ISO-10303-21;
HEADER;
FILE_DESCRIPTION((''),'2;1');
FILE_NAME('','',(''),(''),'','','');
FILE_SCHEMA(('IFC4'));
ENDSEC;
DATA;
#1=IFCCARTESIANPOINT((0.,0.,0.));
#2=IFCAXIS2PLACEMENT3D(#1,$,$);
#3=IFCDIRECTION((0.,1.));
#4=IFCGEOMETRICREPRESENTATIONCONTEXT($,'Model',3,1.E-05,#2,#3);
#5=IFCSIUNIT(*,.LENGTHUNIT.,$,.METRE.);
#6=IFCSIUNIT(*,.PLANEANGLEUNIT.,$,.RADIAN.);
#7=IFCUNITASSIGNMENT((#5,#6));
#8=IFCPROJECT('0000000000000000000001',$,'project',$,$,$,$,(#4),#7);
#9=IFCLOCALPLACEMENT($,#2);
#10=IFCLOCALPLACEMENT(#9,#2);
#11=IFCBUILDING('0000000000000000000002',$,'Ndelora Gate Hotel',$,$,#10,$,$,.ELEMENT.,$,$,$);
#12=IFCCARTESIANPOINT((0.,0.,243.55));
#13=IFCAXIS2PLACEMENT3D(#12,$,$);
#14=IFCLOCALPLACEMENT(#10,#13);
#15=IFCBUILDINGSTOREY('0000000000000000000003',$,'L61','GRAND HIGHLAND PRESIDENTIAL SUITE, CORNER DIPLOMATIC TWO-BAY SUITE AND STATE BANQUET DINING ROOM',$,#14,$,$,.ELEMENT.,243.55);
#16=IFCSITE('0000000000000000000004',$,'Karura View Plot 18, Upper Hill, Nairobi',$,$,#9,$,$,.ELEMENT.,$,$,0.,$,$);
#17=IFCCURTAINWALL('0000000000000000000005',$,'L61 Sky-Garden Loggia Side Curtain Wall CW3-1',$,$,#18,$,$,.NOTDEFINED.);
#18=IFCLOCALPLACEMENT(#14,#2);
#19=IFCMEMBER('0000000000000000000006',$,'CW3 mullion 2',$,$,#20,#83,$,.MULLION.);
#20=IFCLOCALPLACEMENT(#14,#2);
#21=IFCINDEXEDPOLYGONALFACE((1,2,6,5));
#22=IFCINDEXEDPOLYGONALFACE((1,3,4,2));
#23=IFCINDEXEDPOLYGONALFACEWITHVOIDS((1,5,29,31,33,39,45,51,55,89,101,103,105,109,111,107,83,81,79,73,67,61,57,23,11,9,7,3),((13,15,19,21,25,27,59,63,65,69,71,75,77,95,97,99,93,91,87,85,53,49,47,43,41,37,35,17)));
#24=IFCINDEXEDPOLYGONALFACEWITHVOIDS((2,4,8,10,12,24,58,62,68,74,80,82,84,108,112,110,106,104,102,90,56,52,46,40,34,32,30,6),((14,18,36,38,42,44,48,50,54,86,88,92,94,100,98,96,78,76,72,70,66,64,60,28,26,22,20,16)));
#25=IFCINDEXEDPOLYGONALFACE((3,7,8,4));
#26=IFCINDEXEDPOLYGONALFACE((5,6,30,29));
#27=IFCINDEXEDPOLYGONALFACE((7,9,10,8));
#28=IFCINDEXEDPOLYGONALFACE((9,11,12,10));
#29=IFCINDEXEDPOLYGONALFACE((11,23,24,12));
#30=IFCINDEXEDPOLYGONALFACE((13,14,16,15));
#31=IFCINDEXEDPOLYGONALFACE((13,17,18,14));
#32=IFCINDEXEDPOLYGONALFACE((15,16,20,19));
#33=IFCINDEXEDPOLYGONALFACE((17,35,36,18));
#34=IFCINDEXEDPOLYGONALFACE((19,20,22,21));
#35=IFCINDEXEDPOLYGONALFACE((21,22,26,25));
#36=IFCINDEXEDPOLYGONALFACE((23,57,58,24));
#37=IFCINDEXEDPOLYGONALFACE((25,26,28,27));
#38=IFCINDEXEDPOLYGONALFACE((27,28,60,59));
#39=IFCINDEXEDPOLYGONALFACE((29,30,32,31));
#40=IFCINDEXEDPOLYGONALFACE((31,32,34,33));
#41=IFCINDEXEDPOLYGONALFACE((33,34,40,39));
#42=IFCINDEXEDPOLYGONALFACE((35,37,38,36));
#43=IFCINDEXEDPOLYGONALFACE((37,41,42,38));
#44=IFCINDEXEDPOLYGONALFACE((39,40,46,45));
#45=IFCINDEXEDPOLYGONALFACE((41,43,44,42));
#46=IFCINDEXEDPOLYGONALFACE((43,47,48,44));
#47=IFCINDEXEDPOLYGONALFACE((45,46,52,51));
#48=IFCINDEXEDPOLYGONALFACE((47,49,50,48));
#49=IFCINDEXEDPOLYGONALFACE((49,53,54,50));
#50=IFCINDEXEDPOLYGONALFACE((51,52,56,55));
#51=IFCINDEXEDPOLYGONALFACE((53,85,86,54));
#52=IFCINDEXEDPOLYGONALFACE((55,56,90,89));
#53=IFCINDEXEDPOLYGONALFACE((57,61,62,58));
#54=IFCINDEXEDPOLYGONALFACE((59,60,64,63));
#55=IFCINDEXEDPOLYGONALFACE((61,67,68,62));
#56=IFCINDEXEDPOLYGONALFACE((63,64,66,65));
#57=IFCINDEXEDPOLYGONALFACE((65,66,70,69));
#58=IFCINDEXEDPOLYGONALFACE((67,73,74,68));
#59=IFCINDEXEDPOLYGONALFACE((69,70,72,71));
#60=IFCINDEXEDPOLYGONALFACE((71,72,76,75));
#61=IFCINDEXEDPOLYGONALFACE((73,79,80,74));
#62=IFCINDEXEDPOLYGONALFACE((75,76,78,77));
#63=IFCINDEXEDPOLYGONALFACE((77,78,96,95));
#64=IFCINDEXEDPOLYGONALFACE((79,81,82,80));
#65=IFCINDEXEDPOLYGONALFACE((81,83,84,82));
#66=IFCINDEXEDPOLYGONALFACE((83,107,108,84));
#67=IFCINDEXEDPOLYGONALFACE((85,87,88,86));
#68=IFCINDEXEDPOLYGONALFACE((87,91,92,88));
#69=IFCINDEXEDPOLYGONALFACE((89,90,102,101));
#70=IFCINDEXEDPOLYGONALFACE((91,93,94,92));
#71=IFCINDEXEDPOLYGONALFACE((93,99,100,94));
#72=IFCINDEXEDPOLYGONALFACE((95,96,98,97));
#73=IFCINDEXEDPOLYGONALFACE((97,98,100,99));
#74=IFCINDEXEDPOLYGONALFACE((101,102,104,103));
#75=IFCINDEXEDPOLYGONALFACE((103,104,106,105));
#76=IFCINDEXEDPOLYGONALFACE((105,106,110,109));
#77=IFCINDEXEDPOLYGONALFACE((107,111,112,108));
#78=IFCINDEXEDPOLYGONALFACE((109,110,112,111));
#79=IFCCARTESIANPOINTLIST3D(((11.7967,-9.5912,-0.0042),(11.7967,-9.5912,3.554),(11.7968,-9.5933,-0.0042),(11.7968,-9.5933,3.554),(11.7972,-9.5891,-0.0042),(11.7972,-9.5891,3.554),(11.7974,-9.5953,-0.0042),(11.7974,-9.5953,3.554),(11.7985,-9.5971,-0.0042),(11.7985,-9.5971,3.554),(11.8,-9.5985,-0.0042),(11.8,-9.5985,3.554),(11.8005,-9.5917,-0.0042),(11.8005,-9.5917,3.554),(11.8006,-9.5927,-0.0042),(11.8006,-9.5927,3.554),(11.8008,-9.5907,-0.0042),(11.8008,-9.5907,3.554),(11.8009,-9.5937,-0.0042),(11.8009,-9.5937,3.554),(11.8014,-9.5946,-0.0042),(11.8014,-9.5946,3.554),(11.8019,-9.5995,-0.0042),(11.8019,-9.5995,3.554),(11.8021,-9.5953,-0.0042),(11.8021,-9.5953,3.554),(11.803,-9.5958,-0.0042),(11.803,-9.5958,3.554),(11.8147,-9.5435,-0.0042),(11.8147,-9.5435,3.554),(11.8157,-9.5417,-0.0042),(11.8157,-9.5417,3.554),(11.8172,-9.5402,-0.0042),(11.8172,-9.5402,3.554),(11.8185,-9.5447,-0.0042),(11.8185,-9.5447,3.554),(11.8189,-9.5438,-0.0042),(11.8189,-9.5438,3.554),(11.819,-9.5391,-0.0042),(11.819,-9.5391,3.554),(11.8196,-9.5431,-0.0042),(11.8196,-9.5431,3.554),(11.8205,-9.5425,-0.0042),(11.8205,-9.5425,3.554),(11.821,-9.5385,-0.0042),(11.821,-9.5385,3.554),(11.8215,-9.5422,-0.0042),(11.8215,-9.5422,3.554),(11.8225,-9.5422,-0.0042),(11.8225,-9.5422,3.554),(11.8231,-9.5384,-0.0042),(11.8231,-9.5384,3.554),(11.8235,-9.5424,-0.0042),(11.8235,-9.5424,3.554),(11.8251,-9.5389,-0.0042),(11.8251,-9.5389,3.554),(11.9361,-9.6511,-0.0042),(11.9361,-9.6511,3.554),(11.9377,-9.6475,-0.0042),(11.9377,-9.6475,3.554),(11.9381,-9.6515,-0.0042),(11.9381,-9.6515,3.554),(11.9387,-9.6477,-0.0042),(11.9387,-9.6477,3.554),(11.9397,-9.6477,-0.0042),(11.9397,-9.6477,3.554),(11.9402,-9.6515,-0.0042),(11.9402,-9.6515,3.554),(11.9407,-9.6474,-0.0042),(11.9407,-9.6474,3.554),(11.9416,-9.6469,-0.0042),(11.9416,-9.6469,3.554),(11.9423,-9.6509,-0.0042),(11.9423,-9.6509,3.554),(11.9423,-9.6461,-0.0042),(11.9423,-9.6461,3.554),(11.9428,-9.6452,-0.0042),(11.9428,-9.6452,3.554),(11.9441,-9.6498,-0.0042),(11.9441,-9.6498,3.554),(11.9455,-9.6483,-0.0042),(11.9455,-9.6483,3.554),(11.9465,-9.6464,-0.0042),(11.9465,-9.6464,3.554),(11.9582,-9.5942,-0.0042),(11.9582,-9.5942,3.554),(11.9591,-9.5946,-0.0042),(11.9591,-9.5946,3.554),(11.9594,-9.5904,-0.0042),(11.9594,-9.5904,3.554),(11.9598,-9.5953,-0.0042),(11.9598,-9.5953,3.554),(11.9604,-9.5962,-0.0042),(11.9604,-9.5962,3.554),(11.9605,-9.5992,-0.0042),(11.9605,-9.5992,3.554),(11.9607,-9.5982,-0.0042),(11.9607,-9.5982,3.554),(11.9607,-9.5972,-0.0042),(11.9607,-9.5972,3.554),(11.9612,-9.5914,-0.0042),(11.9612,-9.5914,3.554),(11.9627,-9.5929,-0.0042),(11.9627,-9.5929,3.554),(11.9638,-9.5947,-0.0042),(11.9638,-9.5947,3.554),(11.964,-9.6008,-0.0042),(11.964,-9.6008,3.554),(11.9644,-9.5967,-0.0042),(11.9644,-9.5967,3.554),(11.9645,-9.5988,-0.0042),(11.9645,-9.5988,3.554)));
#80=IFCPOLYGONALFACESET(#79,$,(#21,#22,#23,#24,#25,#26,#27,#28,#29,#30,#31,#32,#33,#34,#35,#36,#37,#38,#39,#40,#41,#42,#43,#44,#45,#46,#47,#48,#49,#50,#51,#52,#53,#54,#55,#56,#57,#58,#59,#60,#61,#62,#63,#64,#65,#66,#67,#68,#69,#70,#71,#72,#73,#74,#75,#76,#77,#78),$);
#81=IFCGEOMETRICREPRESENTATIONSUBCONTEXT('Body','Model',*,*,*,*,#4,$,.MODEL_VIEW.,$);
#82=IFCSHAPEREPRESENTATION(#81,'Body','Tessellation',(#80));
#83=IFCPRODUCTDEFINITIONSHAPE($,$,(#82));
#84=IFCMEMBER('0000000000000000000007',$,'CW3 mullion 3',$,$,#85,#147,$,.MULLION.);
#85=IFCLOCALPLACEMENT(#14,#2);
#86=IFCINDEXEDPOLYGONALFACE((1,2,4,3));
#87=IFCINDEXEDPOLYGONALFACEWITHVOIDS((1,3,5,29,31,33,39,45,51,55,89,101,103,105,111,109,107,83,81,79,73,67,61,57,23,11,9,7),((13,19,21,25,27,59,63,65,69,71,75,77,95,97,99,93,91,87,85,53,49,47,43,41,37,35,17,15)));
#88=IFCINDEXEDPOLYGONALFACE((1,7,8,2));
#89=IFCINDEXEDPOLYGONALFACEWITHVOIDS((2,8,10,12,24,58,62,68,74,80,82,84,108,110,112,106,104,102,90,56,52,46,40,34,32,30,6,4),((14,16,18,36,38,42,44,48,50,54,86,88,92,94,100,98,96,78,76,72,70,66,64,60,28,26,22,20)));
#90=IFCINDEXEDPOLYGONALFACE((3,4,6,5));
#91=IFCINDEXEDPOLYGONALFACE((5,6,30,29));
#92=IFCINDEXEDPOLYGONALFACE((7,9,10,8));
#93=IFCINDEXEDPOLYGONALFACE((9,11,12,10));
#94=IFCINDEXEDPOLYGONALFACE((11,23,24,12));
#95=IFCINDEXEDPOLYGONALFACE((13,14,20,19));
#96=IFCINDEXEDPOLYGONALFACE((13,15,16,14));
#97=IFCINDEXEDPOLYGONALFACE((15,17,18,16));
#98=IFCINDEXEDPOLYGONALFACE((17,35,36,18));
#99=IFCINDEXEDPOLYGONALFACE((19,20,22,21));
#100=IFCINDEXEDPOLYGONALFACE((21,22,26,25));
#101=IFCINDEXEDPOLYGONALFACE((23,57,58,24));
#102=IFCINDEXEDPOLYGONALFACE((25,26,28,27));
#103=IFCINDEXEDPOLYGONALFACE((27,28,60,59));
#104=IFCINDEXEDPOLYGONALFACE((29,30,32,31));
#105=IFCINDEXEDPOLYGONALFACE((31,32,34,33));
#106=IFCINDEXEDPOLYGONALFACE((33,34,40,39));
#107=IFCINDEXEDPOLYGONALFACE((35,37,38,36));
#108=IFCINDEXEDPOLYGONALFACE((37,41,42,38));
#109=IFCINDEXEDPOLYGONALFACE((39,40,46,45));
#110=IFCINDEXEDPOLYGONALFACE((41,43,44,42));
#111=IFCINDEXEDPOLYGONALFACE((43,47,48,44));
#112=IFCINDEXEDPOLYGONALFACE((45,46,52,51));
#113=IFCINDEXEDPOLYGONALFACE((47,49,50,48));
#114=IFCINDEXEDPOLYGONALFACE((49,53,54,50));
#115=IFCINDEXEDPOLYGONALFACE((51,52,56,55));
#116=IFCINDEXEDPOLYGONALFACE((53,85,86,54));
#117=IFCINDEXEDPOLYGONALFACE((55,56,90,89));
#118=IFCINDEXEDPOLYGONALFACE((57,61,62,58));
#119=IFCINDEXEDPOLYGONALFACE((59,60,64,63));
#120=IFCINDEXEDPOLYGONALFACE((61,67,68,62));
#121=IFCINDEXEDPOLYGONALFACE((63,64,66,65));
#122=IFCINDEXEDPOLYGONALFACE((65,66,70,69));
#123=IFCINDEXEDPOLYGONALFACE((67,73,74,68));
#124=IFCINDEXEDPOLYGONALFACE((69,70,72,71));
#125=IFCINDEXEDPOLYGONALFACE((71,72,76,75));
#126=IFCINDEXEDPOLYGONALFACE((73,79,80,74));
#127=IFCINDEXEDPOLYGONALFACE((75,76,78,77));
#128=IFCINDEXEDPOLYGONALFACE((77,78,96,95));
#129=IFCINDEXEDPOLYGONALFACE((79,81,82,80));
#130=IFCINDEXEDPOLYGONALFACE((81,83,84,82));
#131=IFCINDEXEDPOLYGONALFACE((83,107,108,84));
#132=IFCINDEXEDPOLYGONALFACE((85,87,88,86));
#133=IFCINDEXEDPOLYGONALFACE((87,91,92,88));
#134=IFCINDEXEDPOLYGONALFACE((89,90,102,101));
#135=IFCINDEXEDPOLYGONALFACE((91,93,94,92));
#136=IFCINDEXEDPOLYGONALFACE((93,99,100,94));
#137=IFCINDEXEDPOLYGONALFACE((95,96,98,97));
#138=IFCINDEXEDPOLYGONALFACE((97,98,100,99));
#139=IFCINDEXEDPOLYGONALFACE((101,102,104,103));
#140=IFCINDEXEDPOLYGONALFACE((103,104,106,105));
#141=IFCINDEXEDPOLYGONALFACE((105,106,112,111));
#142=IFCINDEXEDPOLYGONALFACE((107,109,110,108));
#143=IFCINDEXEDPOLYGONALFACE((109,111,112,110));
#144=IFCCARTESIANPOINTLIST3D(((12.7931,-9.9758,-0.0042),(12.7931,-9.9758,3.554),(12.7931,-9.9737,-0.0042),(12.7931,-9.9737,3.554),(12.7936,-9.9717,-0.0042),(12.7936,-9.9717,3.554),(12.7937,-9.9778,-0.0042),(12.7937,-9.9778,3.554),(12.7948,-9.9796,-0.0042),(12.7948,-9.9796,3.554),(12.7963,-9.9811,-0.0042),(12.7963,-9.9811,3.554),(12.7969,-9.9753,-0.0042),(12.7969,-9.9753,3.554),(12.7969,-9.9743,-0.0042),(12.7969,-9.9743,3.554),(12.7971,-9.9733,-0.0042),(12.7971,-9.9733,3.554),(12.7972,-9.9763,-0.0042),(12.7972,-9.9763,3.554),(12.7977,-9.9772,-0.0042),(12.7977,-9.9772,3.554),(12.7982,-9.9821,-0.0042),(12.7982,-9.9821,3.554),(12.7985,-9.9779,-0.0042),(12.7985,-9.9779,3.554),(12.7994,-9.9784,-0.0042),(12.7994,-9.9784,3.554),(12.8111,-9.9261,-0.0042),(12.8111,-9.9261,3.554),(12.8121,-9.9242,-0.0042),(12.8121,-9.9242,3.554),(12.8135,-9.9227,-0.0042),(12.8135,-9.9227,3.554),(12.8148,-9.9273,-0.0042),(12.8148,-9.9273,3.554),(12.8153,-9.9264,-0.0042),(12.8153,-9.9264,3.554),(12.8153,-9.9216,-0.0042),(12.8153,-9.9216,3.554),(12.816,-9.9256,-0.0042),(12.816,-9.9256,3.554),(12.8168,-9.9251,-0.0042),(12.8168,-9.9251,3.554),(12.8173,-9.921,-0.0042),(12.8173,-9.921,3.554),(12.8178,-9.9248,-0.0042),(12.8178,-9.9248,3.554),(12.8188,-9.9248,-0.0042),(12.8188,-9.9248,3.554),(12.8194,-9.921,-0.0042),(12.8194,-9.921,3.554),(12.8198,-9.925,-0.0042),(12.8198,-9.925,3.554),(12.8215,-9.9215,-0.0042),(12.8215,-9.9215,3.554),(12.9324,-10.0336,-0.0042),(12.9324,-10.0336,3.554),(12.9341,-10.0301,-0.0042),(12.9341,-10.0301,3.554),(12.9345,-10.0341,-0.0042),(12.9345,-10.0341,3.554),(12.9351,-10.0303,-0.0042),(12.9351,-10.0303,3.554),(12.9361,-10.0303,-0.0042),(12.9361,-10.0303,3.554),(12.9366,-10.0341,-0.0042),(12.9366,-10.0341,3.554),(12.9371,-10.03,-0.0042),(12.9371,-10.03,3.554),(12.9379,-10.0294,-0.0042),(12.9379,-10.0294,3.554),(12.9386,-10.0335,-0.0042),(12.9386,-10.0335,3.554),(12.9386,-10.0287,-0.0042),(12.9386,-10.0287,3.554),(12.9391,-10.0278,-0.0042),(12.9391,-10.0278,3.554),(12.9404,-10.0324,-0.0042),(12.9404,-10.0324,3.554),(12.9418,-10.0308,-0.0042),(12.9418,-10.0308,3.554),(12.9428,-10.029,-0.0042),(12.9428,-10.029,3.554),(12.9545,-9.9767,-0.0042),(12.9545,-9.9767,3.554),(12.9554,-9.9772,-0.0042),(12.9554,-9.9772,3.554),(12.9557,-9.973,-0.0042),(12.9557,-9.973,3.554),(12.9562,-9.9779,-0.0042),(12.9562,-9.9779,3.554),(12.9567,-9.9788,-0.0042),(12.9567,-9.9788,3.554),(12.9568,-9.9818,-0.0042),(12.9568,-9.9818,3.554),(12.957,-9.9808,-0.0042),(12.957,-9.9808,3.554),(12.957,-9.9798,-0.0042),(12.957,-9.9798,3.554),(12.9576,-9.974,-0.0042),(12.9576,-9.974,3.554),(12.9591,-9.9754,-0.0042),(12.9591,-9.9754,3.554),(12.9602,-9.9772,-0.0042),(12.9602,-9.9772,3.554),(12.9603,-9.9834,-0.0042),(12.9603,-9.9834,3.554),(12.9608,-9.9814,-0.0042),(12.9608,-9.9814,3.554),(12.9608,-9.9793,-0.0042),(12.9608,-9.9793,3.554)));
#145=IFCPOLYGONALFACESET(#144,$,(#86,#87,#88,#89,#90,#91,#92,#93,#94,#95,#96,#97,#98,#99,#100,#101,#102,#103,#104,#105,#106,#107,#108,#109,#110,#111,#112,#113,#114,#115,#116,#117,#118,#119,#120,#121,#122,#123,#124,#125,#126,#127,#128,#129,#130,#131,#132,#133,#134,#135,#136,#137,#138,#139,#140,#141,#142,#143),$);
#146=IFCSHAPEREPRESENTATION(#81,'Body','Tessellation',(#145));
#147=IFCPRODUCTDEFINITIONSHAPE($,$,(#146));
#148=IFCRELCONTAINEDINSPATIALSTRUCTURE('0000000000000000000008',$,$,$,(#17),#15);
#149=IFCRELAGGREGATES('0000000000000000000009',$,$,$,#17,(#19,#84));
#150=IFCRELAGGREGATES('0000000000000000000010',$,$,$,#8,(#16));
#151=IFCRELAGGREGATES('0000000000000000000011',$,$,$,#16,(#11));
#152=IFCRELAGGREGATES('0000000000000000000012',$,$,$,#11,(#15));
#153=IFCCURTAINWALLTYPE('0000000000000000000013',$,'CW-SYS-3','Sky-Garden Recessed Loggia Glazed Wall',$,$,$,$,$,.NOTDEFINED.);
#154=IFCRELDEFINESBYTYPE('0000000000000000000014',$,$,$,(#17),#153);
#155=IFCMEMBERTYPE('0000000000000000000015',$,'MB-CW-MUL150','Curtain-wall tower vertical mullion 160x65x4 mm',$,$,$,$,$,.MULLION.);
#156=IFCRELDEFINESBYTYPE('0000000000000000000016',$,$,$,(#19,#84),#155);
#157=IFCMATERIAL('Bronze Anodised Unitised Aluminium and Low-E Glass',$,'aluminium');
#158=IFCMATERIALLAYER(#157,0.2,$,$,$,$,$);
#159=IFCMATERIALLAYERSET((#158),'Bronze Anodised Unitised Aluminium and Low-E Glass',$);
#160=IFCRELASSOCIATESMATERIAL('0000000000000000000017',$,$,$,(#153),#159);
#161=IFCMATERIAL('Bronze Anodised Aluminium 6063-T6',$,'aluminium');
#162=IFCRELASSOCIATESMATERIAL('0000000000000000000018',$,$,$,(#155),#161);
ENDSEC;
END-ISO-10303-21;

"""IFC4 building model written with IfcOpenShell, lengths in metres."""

from ifc_helpers import new_model, si_unit, direction, frame, origin, origin_2d, place, context, subcontext, project, spatial, hollow_rectangle, extrude, material, layer, layer_set, material_profile, profile_set, type_object, element, aggregate, save


model = new_model("IFC4")

# Units and contexts
model_context = context("Model", 3, precision=1e-05, world=origin(), true_north=direction((0.0, 1.0)))
body_context = subcontext(model_context, "Body", "Model", "MODEL_VIEW")
ifc_project = project(units=[si_unit("LENGTHUNIT", "METRE"), si_unit("PLANEANGLEUNIT", "RADIAN")], contexts=[model_context])

# Site, building, storey
site_placement = place(None, origin())
site = spatial("IfcSite", under=ifc_project, at=site_placement, Name="Karura View Plot 18, Upper Hill, Nairobi", CompositionType="ELEMENT", RefElevation=0.0)
building_placement = place(site_placement, origin())
building = spatial("IfcBuilding", under=site, at=building_placement, Name="Ndelora Gate Hotel", CompositionType="ELEMENT")
storey_placement = place(building_placement, frame((0.0, 0.0, 243.55)))
storey = spatial("IfcBuildingStorey", under=building, at=storey_placement, Name="L61", Description="GRAND HIGHLAND PRESIDENTIAL SUITE, CORNER DIPLOMATIC TWO-BAY SUITE AND STATE BANQUET DINING ROOM", CompositionType="ELEMENT", Elevation=243.55)

# Curtain wall, members
ifc_material_1 = material(Name="Bronze Anodised Unitised Aluminium and Low-E Glass", Category="aluminium")
ifc_layer_1 = layer(ifc_material_1, 0.2)
ifc_layer_set_1 = layer_set([ifc_layer_1], Name="Bronze Anodised Unitised Aluminium and Low-E Glass")
curtain_wall_type = type_object("IfcCurtainWallType", Name="CW-SYS-3", Description="Sky-Garden Recessed Loggia Glazed Wall", PredefinedType="NOTDEFINED", material=ifc_layer_set_1)
curtain_wall_placement = place(storey_placement, origin())
curtain_wall = element("IfcCurtainWall", 1, at=curtain_wall_placement, inside=storey, type_object=curtain_wall_type, Name="L61 Sky-Garden Loggia Side Curtain Wall CW3-1", PredefinedType="NOTDEFINED")
ifc_material_2 = material(Name="Bronze Anodised Aluminium 6063-T6", Category="aluminium")
ifc_material_profile_1 = material_profile(ifc_material_2, hollow_rectangle(XDim=0.0649, YDim=0.1599, WallThickness=0.0039, InnerFilletRadius=0.0039, OuterFilletRadius=0.0081, at=origin_2d()), Name="ALU 160x65x4")
ifc_profile_set_1 = profile_set([ifc_material_profile_1], Name="Bronze Anodised Aluminium 6063-T6")
member_type_1 = type_object("IfcMemberType", Name="MB-CW-MUL150", Description="Curtain-wall tower vertical mullion 160x65x4 mm", PredefinedType="MULLION", material=ifc_profile_set_1)
member_1_placement = place(storey_placement, frame((11.8806, -9.595, -0.0042), z_axis=(0.0, 0.0, 1.0), x_axis=(0.358376, 0.933577, 0.0)))
member_1 = element("IfcMember", 2, at=member_1_placement, type_object=member_type_1, Name="CW3 mullion 2", PredefinedType="MULLION", context=body_context, shape_type="SweptSolid", body=[
    extrude(hollow_rectangle(XDim=0.0649, YDim=0.1599, WallThickness=0.0039, InnerFilletRadius=0.0039, OuterFilletRadius=0.0081, at=origin_2d()), origin(), (0.0, 0.0, 1.0), 3.5581),
])
member_2_placement = place(storey_placement, frame((12.877, -9.9775, -0.0042), z_axis=(0.0, 0.0, 1.0), x_axis=(0.358376, 0.933577, 0.0)))
member_2 = element("IfcMember", 3, at=member_2_placement, type_object=member_type_1, Name="CW3 mullion 3", PredefinedType="MULLION", context=body_context, shape_type="SweptSolid", body=[
    extrude(hollow_rectangle(XDim=0.0649, YDim=0.1599, WallThickness=0.0039, InnerFilletRadius=0.0039, OuterFilletRadius=0.0081, at=origin_2d()), origin(), (0.0, 0.0, 1.0), 3.5581),
])
aggregate(curtain_wall, [member_1, member_2])

save(model, "model.ifc")
